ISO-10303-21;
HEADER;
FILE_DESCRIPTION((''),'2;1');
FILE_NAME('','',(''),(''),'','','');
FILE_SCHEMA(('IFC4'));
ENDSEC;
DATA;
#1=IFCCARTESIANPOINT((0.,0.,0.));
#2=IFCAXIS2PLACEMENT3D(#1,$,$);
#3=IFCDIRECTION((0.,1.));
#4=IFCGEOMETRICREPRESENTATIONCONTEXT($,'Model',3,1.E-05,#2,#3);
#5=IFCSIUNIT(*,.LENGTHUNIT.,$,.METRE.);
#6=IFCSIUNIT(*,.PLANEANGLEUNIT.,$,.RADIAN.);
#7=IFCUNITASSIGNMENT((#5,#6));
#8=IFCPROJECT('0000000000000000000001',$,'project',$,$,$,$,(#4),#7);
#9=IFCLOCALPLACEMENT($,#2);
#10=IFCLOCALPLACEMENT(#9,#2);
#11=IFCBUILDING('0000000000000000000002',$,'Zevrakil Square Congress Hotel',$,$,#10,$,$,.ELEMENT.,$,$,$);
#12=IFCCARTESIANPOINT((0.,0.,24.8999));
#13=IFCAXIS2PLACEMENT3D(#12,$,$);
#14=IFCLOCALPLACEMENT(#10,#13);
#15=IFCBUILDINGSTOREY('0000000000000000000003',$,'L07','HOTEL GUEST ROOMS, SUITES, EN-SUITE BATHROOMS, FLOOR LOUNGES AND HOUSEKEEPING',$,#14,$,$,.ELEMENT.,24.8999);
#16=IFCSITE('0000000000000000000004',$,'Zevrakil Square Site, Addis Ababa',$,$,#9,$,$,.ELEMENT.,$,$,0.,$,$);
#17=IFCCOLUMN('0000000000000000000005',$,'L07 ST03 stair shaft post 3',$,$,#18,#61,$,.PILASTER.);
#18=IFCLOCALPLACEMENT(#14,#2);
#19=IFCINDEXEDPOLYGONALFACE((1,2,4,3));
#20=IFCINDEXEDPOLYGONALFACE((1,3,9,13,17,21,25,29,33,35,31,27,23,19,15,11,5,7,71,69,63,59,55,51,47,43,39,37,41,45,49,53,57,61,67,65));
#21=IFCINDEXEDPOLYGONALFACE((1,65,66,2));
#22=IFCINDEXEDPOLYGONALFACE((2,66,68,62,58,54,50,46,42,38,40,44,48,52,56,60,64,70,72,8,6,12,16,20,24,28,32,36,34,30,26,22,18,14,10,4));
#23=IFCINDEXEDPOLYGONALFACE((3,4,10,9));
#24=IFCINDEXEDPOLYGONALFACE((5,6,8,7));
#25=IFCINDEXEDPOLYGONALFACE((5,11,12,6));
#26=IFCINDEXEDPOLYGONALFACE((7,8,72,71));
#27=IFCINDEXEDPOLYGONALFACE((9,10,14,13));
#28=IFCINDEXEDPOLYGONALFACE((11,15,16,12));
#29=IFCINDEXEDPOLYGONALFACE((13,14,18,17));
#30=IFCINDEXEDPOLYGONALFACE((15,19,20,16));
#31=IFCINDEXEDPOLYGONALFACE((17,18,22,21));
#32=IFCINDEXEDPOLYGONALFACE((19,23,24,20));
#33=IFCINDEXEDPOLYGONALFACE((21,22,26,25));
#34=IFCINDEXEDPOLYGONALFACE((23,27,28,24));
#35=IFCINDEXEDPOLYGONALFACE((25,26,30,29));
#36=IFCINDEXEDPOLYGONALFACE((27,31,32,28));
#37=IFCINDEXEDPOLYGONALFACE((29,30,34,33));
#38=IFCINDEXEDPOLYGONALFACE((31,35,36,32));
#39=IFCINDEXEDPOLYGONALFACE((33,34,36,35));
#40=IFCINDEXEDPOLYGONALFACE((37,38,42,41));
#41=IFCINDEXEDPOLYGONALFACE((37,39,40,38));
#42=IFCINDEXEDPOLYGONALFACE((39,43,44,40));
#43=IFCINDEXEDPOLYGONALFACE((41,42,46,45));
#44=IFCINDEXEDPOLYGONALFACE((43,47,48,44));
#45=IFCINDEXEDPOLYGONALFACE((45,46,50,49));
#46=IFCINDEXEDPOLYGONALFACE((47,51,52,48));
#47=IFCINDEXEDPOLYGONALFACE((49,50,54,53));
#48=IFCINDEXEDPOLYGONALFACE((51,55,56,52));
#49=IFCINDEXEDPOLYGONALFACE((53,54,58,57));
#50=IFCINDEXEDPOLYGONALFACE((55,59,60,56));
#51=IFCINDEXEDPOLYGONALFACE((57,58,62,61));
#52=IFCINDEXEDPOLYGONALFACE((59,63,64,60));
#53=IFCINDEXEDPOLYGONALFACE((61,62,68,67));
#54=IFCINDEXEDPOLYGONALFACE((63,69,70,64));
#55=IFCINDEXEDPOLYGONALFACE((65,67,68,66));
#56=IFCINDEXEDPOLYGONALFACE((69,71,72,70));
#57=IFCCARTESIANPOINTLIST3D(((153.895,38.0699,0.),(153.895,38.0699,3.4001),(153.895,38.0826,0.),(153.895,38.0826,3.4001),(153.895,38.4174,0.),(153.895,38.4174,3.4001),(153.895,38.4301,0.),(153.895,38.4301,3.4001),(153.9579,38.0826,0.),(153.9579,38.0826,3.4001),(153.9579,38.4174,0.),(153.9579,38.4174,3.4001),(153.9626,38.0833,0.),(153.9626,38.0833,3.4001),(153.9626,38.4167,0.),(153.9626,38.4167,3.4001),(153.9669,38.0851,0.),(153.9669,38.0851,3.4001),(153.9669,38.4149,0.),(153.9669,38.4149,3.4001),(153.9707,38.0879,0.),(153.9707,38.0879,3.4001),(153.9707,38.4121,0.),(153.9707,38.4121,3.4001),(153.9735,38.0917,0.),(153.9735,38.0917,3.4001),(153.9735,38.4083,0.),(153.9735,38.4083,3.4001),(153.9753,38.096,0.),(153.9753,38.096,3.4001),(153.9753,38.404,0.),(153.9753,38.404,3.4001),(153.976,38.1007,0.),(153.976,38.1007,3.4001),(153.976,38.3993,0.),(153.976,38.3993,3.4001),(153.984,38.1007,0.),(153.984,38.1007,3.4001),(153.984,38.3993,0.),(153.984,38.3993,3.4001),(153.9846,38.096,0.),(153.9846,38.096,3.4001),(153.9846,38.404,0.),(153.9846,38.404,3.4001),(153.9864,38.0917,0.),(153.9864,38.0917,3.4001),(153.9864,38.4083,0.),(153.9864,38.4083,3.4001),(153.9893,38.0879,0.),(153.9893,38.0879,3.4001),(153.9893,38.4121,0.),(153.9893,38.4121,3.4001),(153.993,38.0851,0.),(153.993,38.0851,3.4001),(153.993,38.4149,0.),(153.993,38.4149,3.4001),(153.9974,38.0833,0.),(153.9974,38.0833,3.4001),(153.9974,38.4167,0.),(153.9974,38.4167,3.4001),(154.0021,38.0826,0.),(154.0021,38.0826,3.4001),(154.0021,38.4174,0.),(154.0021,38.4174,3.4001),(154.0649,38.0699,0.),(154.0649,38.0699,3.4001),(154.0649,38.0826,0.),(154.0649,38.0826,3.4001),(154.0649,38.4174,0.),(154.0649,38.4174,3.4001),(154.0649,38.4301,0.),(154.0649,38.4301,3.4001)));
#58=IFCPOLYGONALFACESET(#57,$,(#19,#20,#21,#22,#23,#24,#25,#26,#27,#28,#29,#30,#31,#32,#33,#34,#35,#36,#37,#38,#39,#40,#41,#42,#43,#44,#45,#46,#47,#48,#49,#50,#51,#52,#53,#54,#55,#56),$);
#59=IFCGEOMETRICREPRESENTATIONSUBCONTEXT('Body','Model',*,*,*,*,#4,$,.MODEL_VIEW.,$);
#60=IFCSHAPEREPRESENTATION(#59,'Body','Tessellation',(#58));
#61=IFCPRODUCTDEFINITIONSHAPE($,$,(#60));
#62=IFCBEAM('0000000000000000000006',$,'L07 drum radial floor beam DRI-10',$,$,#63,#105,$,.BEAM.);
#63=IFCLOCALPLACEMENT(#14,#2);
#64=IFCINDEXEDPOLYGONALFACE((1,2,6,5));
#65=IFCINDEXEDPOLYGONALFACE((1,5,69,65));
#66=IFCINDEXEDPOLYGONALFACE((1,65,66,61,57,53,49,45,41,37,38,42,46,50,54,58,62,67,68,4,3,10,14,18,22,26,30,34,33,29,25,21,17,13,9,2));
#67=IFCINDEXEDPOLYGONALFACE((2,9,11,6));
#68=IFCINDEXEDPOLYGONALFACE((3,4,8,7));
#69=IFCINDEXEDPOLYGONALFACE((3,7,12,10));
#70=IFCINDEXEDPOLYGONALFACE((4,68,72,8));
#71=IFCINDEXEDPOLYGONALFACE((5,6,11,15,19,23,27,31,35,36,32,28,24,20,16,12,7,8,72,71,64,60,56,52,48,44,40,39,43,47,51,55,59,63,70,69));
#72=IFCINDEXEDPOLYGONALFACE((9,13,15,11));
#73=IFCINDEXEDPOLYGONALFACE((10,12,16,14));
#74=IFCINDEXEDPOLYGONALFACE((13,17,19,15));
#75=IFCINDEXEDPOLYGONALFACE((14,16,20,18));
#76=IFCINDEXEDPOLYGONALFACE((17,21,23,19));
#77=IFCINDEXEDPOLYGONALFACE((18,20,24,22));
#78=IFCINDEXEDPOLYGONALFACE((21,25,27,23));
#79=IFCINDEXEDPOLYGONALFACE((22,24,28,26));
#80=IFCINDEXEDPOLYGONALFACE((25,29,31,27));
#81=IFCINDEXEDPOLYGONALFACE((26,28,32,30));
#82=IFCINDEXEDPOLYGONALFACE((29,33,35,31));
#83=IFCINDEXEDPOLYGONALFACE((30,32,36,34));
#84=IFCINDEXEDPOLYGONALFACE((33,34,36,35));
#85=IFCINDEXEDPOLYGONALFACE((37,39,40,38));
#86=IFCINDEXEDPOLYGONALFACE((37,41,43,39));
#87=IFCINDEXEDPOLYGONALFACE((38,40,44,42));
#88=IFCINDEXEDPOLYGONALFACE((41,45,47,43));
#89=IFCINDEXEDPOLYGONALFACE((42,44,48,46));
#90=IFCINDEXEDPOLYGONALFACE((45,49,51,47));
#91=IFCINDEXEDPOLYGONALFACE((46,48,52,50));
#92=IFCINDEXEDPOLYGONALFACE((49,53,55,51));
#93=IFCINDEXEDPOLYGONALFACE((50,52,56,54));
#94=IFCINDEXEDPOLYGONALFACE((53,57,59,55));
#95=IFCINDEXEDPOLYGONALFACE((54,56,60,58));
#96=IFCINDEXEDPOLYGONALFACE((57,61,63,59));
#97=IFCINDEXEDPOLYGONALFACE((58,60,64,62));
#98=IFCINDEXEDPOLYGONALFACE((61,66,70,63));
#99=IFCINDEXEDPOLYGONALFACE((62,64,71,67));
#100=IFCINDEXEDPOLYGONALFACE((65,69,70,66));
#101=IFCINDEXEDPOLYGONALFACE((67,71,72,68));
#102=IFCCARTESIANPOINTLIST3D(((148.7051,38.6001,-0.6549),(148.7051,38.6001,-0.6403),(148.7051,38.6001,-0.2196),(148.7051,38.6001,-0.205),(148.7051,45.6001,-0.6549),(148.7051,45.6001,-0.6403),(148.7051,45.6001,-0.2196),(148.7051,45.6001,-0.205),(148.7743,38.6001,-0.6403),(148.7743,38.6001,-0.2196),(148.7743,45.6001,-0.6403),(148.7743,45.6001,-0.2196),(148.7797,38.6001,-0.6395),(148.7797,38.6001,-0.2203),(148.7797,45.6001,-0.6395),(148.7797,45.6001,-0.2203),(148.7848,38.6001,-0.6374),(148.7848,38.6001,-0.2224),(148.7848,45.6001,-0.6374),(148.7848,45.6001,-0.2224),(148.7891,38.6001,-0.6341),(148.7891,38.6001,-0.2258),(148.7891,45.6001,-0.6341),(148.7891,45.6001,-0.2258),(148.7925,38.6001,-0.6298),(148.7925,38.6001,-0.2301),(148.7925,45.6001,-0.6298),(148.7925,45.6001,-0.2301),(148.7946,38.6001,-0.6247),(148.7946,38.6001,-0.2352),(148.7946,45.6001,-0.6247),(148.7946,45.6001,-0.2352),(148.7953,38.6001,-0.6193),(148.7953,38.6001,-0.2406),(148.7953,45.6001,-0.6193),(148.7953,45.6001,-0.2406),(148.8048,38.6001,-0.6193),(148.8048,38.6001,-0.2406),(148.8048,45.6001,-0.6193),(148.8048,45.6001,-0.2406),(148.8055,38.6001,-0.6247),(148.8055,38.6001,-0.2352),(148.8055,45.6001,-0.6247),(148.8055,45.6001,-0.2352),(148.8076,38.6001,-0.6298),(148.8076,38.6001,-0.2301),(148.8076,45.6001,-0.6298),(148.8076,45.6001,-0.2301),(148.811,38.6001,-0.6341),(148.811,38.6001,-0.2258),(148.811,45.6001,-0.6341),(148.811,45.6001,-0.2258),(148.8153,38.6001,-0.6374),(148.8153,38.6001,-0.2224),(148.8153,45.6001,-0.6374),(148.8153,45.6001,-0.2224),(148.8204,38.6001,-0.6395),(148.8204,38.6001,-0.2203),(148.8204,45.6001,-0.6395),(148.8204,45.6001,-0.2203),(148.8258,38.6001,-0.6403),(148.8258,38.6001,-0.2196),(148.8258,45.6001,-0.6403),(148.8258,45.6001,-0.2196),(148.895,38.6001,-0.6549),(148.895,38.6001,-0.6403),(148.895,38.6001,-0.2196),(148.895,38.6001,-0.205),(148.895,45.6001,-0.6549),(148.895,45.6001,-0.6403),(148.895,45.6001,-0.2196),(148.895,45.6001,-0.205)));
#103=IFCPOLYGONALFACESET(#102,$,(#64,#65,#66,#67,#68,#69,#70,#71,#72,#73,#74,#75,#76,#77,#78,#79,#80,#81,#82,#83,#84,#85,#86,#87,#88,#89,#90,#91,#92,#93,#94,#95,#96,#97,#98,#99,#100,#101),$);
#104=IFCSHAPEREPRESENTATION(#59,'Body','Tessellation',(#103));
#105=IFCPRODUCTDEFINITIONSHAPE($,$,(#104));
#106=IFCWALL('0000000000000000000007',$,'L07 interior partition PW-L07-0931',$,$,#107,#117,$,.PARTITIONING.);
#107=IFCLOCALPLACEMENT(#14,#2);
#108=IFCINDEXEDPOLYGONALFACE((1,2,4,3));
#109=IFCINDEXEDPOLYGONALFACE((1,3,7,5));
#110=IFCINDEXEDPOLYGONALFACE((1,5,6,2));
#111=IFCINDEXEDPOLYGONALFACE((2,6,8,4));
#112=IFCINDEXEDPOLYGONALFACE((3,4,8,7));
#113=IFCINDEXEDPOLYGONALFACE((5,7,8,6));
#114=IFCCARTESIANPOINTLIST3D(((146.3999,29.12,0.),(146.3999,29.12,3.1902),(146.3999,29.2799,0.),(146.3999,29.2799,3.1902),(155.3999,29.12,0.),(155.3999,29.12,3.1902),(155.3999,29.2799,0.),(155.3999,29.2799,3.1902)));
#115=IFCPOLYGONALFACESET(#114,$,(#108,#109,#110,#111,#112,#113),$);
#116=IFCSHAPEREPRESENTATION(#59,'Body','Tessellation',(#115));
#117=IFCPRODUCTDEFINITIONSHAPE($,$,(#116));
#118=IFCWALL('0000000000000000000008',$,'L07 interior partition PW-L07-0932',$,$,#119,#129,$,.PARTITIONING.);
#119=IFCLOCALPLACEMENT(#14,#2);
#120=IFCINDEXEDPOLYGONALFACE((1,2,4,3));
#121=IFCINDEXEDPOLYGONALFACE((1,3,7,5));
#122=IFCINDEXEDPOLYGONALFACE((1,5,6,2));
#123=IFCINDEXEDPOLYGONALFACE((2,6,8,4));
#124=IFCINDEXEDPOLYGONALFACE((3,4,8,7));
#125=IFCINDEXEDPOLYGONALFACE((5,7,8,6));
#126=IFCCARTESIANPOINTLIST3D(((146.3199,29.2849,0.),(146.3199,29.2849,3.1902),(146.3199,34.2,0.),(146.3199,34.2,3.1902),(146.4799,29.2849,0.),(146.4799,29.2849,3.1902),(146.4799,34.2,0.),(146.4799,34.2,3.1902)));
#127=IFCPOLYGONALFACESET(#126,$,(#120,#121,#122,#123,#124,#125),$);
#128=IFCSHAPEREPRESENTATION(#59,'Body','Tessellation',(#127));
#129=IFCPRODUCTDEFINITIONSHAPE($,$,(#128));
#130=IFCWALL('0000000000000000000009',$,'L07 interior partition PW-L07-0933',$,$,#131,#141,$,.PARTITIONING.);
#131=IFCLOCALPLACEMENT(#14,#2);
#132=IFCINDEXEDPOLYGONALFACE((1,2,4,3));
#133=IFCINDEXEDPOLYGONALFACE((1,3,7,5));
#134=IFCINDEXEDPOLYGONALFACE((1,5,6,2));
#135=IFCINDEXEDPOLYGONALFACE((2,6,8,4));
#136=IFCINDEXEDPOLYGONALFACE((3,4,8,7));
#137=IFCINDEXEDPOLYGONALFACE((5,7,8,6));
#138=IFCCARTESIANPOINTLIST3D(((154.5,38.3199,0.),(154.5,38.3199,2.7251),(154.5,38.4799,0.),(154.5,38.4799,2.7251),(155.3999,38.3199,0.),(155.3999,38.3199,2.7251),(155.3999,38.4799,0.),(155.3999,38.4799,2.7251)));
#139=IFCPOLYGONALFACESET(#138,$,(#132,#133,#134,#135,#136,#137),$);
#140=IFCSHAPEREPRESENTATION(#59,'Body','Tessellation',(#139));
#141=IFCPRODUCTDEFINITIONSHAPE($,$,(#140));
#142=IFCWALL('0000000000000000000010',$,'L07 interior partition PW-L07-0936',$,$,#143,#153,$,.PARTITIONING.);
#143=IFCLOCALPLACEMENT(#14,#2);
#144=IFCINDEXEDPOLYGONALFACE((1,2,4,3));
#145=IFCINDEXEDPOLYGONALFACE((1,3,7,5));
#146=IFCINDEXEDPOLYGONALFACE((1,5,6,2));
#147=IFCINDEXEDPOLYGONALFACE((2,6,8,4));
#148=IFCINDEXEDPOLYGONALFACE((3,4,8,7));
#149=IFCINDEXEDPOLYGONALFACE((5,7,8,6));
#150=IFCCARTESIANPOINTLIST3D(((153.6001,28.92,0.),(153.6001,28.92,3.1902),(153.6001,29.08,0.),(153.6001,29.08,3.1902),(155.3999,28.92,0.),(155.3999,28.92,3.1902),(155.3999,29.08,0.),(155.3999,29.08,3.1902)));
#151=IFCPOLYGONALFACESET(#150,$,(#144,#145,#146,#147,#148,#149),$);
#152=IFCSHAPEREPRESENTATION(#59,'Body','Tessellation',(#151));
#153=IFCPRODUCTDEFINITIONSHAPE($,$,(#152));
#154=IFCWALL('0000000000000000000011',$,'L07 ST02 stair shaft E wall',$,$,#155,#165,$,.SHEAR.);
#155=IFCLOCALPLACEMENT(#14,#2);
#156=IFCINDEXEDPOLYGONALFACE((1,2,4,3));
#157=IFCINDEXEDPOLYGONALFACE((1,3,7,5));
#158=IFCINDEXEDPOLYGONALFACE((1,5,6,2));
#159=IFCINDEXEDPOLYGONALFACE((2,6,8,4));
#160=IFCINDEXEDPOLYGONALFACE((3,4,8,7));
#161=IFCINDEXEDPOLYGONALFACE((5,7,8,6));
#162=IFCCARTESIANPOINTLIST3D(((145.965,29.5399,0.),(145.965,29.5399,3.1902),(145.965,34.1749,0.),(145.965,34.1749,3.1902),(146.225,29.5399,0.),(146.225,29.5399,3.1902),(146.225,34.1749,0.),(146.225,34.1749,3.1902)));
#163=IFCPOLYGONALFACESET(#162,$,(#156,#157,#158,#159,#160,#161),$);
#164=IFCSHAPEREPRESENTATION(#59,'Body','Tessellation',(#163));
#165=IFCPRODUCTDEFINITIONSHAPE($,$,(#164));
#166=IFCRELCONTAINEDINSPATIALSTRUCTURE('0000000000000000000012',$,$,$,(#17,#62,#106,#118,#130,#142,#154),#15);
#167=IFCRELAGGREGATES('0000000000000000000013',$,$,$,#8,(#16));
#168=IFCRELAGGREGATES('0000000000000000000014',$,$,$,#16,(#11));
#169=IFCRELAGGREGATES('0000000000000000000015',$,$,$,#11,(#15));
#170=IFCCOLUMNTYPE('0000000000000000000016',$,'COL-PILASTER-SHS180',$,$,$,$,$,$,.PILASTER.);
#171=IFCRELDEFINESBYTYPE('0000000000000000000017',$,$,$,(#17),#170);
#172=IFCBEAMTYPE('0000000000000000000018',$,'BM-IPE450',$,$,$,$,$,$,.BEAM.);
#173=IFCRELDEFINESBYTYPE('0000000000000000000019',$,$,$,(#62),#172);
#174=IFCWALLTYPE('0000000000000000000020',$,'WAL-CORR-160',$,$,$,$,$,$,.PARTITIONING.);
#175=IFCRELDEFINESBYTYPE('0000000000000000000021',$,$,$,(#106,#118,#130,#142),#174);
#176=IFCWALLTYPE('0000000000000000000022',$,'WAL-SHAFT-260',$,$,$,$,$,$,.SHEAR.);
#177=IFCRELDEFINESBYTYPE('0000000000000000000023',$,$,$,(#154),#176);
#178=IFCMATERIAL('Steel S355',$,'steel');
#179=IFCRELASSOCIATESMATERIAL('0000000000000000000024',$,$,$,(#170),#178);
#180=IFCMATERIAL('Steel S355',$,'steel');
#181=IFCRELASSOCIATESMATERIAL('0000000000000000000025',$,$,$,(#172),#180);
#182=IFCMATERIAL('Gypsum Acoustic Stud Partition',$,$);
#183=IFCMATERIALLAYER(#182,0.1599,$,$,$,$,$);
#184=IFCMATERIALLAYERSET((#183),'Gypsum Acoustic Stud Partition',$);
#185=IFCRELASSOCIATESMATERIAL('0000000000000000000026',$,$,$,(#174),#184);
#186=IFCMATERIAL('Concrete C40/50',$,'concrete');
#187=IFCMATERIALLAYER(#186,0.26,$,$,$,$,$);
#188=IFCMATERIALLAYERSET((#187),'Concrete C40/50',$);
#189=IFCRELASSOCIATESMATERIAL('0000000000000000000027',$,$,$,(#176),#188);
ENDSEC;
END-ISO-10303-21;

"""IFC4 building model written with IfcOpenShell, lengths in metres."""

from ifc_helpers import new_model, si_unit, direction, frame, frame_2d, origin, origin_2d, place, context, subcontext, project, spatial, rectangle, i_section, extrude, material, layer, layer_set, material_profile, profile_set, type_object, element, save


model = new_model("IFC4")

# Units and contexts
model_context = context("Model", 3, precision=1e-05, world=origin(), true_north=direction((0.0, 1.0)))
body_context = subcontext(model_context, "Body", "Model", "MODEL_VIEW")
ifc_project = project(units=[si_unit("LENGTHUNIT", "METRE"), si_unit("PLANEANGLEUNIT", "RADIAN")], contexts=[model_context])

# Site, building, storey
site_placement = place(None, origin())
site = spatial("IfcSite", under=ifc_project, at=site_placement, Name="Zevrakil Square Site, Addis Ababa", CompositionType="ELEMENT", RefElevation=0.0)
building_placement = place(site_placement, origin())
building = spatial("IfcBuilding", under=site, at=building_placement, Name="Zevrakil Square Congress Hotel", CompositionType="ELEMENT")
storey_placement = place(building_placement, frame((0.0, 0.0, 24.8999)))
storey = spatial("IfcBuildingStorey", under=building, at=storey_placement, Name="L07", Description="HOTEL GUEST ROOMS, SUITES, EN-SUITE BATHROOMS, FLOOR LOUNGES AND HOUSEKEEPING", CompositionType="ELEMENT", Elevation=24.8999)

# Column
ifc_material_1 = material(Name="Steel S355", Category="steel")
ifc_material_profile_1 = material_profile(ifc_material_1, i_section(OverallWidth=0.1699, OverallDepth=0.3601, WebThickness=0.0081, FlangeThickness=0.0127, FilletRadius=0.0181, at=origin_2d()), Name="IPE 360")
ifc_profile_set_1 = profile_set([ifc_material_profile_1], Name="Steel S355")
column_type = type_object("IfcColumnType", Name="COL-PILASTER-SHS180", PredefinedType="PILASTER", material=ifc_profile_set_1)
for number, where, z_axis, x_axis, name in (
    (1, (153.98, 38.25, 0.0), (0.0, 0.0, 1.0), (1.0, 0.0, 0.0), "L07 ST03 stair shaft post 3"),
):
    element("IfcColumn", number, at=place(storey_placement, frame(where, z_axis=z_axis, x_axis=x_axis)), inside=storey, type_object=column_type, Name=name, PredefinedType="PILASTER", context=body_context, shape_type="SweptSolid", body=[
        extrude(i_section(OverallWidth=0.1699, OverallDepth=0.3601, WebThickness=0.0081, FlangeThickness=0.0127, FilletRadius=0.0181, at=origin_2d()), origin(), (0.0, 0.0, 1.0), 3.4001),
    ])

# Beam
ifc_material_2 = material(Name="Steel S355", Category="steel")
ifc_material_profile_2 = material_profile(ifc_material_2, i_section(OverallWidth=0.1899, OverallDepth=0.45, WebThickness=0.0095, FlangeThickness=0.0146, FilletRadius=0.021, at=origin_2d()), Name="IPE 450")
ifc_profile_set_2 = profile_set([ifc_material_profile_2], Name="Steel S355")
beam_type = type_object("IfcBeamType", Name="BM-IPE450", PredefinedType="BEAM", material=ifc_profile_set_2)
beam_placement = place(storey_placement, frame((148.8, 38.6001, -0.4299), z_axis=(0.0, 1.0, 0.0), x_axis=(-1.0, 0.0, 0.0)))
element("IfcBeam", 2, at=beam_placement, inside=storey, type_object=beam_type, Name="L07 drum radial floor beam DRI-10", PredefinedType="BEAM", context=body_context, shape_type="SweptSolid", body=[
    extrude(i_section(OverallWidth=0.1899, OverallDepth=0.45, WebThickness=0.0095, FlangeThickness=0.0146, FilletRadius=0.021, at=origin_2d()), origin(), (0.0, 0.0, 1.0), 7.0),
])

# Walls
ifc_material_3 = material(Name="Gypsum Acoustic Stud Partition")
ifc_layer_1 = layer(ifc_material_3, 0.1599)
ifc_layer_set_1 = layer_set([ifc_layer_1], Name="Gypsum Acoustic Stud Partition")
wall_type_1 = type_object("IfcWallType", Name="WAL-CORR-160", PredefinedType="PARTITIONING", material=ifc_layer_set_1)
wall_1_placement = place(storey_placement, frame((146.3999, 29.2, 0.0), z_axis=(0.0, 0.0, 1.0), x_axis=(1.0, 0.0, 0.0)))
element("IfcWall", 3, at=wall_1_placement, inside=storey, type_object=wall_type_1, Name="L07 interior partition PW-L07-0931", PredefinedType="PARTITIONING", context=body_context, shape_type="SweptSolid", body=[
    extrude(rectangle(XDim=9.0, YDim=0.1599, at=frame_2d((4.5, 0.0))), origin(), (0.0, 0.0, 1.0), 3.1902),
])
wall_2_placement = place(storey_placement, frame((146.3999, 29.2849, 0.0), z_axis=(0.0, 0.0, 1.0), x_axis=(0.0, 1.0, 0.0)))
element("IfcWall", 4, at=wall_2_placement, inside=storey, type_object=wall_type_1, Name="L07 interior partition PW-L07-0932", PredefinedType="PARTITIONING", context=body_context, shape_type="SweptSolid", body=[
    extrude(rectangle(XDim=4.915, YDim=0.1599, at=frame_2d((2.4575, 0.0))), origin(), (0.0, 0.0, 1.0), 3.1902),
])
wall_3_placement = place(storey_placement, frame((154.5, 38.3999, 0.0), z_axis=(0.0, 0.0, 1.0), x_axis=(1.0, 0.0, 0.0)))
element("IfcWall", 5, at=wall_3_placement, inside=storey, type_object=wall_type_1, Name="L07 interior partition PW-L07-0933", PredefinedType="PARTITIONING", context=body_context, shape_type="SweptSolid", body=[
    extrude(rectangle(XDim=0.8999, YDim=0.1599, at=frame_2d((0.45, 0.0))), origin(), (0.0, 0.0, 1.0), 2.7251),
])
wall_4_placement = place(storey_placement, frame((153.6001, 29.0, 0.0), z_axis=(0.0, 0.0, 1.0), x_axis=(1.0, 0.0, 0.0)))
element("IfcWall", 6, at=wall_4_placement, inside=storey, type_object=wall_type_1, Name="L07 interior partition PW-L07-0936", PredefinedType="PARTITIONING", context=body_context, shape_type="SweptSolid", body=[
    extrude(rectangle(XDim=1.7998, YDim=0.1599, at=frame_2d((0.8999, 0.0))), origin(), (0.0, 0.0, 1.0), 3.1902),
])
ifc_material_4 = material(Name="Concrete C40/50", Category="concrete")
ifc_layer_2 = layer(ifc_material_4, 0.26)
ifc_layer_set_2 = layer_set([ifc_layer_2], Name="Concrete C40/50")
wall_type_2 = type_object("IfcWallType", Name="WAL-SHAFT-260", PredefinedType="SHEAR", material=ifc_layer_set_2)
wall_5_placement = place(storey_placement, frame((146.095, 29.54, 0.0), z_axis=(0.0, 0.0, 1.0), x_axis=(0.0, 1.0, 0.0)))
element("IfcWall", 7, at=wall_5_placement, inside=storey, type_object=wall_type_2, Name="L07 ST02 stair shaft E wall", PredefinedType="SHEAR", context=body_context, shape_type="SweptSolid", body=[
    extrude(rectangle(XDim=4.635, YDim=0.26, at=frame_2d((2.3174, 0.0))), origin(), (0.0, 0.0, 1.0), 3.1902),
])

save(model, "model.ifc")
